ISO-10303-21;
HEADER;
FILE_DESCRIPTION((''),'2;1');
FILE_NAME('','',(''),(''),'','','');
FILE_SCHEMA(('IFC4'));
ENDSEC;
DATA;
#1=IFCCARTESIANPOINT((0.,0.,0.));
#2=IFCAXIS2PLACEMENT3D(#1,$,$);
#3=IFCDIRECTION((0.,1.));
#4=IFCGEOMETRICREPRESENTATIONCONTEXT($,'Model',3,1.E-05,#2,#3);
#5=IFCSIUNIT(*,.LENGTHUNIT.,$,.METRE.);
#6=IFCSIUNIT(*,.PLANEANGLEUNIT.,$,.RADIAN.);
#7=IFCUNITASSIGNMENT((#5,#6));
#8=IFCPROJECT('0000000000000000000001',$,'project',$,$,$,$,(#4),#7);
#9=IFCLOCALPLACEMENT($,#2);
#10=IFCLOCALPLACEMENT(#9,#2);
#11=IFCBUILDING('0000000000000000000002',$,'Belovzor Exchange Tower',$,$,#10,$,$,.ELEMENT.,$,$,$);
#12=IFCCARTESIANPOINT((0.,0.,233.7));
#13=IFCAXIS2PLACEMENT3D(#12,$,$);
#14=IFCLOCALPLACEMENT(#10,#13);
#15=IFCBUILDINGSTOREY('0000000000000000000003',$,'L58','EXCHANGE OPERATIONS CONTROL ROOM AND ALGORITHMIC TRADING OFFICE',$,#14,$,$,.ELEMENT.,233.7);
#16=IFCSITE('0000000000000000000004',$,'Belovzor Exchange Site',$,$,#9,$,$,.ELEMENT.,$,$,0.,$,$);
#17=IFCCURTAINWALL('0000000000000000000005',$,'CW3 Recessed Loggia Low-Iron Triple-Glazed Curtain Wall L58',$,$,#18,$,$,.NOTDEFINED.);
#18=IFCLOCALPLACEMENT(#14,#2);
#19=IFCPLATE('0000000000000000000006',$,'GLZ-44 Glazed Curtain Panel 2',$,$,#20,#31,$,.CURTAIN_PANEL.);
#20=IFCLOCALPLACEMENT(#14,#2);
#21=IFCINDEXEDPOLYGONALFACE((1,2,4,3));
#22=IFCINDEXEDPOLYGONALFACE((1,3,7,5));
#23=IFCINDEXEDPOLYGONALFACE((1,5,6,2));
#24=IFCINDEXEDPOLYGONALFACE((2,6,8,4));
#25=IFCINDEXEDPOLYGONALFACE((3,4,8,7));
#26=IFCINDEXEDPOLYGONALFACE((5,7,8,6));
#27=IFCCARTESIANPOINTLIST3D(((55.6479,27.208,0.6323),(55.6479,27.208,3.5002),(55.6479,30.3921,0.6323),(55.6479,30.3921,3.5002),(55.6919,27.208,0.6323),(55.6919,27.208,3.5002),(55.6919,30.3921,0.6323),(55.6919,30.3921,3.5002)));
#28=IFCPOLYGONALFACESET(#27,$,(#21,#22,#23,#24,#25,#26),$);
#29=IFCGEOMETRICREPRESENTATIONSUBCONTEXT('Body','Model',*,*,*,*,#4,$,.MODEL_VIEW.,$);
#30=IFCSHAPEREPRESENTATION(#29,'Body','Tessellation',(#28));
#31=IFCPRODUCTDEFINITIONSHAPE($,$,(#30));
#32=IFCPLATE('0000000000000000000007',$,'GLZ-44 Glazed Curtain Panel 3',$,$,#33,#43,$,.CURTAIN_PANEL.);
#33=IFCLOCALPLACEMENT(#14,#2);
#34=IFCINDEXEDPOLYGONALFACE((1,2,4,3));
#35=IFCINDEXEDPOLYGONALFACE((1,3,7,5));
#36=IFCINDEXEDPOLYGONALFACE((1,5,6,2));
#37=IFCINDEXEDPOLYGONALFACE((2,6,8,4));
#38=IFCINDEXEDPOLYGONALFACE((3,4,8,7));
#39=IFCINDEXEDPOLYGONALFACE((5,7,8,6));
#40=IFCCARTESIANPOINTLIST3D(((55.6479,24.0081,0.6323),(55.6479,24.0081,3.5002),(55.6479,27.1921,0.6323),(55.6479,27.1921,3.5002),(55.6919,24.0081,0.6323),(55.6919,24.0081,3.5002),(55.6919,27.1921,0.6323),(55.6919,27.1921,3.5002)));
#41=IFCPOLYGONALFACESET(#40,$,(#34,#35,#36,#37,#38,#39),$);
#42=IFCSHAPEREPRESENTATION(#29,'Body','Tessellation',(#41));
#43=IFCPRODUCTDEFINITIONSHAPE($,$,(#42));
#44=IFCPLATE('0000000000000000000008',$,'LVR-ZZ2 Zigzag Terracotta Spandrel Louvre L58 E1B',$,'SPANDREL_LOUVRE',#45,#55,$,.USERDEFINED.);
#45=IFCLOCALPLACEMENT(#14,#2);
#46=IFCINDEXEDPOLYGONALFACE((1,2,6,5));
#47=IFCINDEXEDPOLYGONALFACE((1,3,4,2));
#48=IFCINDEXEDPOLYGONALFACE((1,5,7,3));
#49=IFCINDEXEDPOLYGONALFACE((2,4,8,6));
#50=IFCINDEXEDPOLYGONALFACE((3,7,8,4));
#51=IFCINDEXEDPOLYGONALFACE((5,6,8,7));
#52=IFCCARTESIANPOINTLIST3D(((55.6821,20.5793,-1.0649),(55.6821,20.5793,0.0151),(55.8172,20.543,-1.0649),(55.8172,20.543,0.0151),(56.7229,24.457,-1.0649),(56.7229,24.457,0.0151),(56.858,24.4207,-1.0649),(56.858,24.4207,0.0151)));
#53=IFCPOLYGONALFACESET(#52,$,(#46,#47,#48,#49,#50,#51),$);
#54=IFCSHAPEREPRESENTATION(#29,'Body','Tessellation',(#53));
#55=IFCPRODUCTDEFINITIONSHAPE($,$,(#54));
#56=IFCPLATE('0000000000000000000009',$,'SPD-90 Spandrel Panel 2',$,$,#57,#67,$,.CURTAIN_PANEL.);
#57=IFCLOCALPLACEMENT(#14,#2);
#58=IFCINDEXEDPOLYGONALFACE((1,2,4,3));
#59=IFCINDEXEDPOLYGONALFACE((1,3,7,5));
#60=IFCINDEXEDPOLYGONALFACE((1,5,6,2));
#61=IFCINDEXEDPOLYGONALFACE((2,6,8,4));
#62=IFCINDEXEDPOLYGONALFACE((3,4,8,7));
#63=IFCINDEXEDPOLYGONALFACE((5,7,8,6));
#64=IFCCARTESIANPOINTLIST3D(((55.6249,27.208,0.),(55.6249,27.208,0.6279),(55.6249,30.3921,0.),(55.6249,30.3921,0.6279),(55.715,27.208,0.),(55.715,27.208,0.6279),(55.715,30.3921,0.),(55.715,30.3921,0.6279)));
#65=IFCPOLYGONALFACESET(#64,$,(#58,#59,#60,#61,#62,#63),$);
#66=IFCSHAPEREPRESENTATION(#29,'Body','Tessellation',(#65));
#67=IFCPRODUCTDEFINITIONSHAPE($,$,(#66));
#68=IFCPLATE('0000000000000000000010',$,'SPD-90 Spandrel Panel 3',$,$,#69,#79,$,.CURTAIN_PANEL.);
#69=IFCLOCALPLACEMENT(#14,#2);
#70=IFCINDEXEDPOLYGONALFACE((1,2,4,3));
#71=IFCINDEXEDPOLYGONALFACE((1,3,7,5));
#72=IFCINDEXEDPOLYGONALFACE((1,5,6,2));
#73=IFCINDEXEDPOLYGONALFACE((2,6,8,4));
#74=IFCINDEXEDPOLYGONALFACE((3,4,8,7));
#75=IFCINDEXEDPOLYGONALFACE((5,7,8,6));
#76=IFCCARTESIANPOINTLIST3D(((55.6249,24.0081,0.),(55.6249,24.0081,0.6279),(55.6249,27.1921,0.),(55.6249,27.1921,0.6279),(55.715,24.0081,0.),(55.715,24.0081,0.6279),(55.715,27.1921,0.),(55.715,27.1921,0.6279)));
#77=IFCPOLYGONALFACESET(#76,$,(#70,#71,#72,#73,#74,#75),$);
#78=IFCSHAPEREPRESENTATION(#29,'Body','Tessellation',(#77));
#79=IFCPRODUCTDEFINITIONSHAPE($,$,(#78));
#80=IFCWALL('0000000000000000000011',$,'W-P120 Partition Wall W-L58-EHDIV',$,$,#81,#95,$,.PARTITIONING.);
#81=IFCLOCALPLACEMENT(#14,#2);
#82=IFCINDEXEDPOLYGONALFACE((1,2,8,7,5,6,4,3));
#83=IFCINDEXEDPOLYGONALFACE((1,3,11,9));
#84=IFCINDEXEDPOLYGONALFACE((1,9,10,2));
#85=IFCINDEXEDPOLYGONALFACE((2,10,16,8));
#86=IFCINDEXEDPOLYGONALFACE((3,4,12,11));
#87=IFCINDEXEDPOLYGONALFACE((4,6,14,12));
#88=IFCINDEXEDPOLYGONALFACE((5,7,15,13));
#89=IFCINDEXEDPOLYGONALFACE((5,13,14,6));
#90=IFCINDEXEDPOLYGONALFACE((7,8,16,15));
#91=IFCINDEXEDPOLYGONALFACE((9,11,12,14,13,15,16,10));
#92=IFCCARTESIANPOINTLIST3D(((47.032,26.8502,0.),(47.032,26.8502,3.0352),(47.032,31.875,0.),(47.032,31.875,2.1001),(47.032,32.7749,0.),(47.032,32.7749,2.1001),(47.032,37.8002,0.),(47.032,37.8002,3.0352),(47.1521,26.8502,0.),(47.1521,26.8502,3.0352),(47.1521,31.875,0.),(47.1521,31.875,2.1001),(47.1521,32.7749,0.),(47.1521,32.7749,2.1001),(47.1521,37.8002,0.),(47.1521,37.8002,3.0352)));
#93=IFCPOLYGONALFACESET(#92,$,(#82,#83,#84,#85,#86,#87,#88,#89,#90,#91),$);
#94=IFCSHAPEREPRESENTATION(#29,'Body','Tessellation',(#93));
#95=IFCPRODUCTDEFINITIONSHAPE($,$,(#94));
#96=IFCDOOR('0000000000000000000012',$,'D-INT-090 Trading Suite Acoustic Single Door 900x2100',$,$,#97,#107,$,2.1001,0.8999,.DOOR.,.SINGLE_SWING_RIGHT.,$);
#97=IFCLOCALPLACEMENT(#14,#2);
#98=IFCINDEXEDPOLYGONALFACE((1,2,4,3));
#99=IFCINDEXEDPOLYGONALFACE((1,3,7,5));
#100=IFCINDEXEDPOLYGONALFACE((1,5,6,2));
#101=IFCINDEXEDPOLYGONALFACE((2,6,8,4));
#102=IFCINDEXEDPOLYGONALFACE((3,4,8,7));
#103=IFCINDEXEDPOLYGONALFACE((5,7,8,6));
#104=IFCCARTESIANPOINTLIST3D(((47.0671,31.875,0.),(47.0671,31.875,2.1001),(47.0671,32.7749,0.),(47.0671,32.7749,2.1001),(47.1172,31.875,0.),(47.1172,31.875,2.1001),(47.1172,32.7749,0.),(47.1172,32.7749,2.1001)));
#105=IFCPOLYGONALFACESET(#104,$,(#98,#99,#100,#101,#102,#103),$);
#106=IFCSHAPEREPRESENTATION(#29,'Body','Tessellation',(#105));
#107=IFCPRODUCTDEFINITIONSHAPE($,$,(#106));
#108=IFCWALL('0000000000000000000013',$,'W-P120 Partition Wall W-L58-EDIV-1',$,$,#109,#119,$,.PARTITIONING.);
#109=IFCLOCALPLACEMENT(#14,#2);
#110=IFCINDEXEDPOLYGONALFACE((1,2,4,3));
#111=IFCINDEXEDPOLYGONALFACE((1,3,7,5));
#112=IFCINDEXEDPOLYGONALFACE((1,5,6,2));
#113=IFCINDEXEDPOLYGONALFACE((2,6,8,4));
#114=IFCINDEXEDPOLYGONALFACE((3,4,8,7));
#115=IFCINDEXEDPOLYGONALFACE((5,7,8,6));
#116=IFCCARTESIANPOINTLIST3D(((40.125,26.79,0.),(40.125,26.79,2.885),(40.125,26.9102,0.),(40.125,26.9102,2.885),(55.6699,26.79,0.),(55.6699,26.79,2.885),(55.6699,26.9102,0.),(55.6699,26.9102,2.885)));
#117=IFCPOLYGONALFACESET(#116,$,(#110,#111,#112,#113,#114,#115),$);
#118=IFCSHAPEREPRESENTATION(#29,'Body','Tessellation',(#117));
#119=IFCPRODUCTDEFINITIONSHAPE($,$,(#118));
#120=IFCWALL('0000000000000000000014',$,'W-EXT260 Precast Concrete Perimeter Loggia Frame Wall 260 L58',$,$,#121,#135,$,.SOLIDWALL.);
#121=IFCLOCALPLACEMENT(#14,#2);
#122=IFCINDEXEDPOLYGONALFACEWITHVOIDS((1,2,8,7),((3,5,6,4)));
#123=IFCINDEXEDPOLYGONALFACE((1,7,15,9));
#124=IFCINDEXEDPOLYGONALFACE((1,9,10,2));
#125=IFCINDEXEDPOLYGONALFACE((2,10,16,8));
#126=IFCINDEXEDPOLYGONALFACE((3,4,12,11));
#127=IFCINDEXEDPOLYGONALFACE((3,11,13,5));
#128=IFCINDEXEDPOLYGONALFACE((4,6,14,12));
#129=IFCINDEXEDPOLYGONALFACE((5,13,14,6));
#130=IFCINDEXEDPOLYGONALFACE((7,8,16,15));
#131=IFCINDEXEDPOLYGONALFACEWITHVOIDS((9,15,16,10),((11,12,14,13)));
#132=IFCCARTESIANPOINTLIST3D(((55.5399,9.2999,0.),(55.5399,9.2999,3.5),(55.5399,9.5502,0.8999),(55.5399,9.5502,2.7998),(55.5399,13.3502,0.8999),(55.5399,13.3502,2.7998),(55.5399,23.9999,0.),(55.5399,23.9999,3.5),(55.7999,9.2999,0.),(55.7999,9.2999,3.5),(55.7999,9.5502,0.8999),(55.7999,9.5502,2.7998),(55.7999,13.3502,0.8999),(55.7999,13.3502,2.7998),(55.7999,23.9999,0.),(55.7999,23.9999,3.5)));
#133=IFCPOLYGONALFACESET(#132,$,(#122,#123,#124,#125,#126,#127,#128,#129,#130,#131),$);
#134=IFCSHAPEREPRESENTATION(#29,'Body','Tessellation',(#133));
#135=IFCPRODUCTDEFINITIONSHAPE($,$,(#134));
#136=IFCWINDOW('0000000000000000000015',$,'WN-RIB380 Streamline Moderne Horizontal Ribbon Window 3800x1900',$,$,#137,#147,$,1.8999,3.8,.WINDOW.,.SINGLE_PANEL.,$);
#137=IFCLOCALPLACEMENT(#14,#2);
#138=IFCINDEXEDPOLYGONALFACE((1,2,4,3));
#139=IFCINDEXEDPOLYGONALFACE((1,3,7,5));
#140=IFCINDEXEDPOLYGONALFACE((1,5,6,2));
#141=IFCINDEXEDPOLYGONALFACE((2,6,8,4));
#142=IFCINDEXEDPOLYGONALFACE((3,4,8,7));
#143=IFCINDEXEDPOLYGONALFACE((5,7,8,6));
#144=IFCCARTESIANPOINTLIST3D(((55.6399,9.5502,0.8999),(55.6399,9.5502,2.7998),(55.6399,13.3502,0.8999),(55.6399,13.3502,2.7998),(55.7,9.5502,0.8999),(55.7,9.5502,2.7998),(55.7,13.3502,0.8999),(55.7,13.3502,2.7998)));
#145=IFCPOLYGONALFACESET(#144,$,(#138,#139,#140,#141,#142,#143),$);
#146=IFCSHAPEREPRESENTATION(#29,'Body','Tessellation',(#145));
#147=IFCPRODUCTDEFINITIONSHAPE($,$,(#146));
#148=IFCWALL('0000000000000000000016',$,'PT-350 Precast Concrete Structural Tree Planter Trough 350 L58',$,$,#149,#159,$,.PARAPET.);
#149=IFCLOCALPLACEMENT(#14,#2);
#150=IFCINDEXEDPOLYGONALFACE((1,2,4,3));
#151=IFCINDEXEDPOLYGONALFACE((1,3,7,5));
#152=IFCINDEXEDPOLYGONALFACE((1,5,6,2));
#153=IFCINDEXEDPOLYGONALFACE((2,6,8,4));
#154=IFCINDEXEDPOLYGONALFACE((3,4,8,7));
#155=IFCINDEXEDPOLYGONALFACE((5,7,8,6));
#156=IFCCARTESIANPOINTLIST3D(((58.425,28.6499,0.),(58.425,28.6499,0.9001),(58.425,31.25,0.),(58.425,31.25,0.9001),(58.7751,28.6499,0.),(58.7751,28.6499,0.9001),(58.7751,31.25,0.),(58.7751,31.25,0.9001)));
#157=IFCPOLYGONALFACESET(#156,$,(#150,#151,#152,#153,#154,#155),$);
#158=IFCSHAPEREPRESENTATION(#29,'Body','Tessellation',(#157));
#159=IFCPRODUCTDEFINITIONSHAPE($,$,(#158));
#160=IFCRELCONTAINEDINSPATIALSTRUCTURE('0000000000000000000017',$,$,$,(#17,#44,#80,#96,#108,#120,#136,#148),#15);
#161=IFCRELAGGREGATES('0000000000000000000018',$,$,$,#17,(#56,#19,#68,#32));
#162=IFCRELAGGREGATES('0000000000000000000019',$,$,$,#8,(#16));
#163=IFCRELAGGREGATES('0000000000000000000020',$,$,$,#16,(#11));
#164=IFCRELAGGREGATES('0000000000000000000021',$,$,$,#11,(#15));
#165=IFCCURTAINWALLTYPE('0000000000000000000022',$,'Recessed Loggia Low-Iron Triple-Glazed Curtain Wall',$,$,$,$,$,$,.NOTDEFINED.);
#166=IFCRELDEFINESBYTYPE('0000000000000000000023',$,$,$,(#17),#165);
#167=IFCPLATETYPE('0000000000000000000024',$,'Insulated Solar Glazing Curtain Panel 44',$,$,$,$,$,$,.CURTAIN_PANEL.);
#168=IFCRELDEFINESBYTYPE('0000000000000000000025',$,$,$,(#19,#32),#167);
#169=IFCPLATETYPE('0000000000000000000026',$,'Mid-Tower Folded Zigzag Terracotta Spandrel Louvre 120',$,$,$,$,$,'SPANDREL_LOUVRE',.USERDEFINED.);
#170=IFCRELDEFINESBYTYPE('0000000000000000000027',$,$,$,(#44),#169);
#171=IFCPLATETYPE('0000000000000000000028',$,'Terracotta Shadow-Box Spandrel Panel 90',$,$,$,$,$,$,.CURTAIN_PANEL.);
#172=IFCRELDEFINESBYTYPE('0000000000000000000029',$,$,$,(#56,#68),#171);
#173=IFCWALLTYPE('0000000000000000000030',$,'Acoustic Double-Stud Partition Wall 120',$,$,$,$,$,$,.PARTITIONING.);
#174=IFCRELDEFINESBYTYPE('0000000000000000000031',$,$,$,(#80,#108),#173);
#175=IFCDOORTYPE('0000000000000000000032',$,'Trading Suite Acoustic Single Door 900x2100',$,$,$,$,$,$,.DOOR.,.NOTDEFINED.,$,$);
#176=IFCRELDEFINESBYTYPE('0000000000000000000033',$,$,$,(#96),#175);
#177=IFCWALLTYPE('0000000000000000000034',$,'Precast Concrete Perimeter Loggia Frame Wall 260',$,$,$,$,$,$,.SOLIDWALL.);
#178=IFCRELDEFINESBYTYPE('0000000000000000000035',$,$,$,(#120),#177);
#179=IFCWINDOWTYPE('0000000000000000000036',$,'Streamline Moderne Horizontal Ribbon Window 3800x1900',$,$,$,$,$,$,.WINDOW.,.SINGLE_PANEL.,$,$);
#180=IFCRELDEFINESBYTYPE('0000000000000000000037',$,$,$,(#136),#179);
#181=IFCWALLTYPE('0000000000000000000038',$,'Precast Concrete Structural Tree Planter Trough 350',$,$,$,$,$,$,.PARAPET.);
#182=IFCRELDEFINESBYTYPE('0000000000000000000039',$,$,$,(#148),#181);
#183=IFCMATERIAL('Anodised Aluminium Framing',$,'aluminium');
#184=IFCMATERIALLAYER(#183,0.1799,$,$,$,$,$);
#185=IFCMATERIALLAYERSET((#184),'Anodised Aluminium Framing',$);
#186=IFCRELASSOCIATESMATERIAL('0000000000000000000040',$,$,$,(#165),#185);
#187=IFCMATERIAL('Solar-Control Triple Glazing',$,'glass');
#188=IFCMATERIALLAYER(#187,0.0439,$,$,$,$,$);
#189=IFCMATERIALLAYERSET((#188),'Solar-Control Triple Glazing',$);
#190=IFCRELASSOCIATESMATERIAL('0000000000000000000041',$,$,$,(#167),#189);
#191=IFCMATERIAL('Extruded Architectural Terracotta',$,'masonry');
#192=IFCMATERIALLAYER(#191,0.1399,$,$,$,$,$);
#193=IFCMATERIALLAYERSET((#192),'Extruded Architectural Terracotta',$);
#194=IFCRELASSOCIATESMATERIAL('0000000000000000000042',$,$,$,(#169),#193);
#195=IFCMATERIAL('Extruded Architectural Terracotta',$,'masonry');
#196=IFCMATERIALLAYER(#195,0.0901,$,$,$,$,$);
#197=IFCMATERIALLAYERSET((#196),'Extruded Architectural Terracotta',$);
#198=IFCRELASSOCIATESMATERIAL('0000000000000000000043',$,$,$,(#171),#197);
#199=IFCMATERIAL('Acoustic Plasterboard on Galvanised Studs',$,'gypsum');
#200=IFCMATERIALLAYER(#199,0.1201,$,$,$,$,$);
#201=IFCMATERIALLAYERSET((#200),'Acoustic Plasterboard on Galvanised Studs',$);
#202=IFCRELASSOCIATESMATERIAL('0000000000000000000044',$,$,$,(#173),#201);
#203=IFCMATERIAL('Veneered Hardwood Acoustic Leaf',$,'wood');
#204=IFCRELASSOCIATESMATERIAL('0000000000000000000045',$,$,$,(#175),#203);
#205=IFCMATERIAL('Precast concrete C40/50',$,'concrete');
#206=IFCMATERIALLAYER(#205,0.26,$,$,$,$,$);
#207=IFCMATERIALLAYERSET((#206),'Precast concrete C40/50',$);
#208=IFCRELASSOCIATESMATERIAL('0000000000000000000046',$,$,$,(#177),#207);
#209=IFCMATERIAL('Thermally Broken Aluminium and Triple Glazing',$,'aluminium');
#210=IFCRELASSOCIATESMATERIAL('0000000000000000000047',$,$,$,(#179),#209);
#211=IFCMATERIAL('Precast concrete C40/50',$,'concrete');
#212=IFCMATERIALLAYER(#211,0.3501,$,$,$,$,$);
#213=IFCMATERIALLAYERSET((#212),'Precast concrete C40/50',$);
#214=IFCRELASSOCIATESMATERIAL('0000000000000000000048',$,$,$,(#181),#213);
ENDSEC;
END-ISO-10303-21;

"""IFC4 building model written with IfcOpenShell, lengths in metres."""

from ifc_helpers import new_model, si_unit, direction, frame, frame_2d, origin, origin_2d, place, context, subcontext, project, spatial, rectangle, extrude, material, layer, layer_set, type_object, element, fill, aggregate, save


model = new_model("IFC4")

# Units and contexts
model_context = context("Model", 3, precision=1e-05, world=origin(), true_north=direction((0.0, 1.0)))
body_context = subcontext(model_context, "Body", "Model", "MODEL_VIEW")
ifc_project = project(units=[si_unit("LENGTHUNIT", "METRE"), si_unit("PLANEANGLEUNIT", "RADIAN")], contexts=[model_context])

# Site, building, storey
site_placement = place(None, origin())
site = spatial("IfcSite", under=ifc_project, at=site_placement, Name="Belovzor Exchange Site", CompositionType="ELEMENT", RefElevation=0.0)
building_placement = place(site_placement, origin())
building = spatial("IfcBuilding", under=site, at=building_placement, Name="Belovzor Exchange Tower", CompositionType="ELEMENT")
storey_placement = place(building_placement, frame((0.0, 0.0, 233.7)))
storey = spatial("IfcBuildingStorey", under=building, at=storey_placement, Name="L58", Description="EXCHANGE OPERATIONS CONTROL ROOM AND ALGORITHMIC TRADING OFFICE", CompositionType="ELEMENT", Elevation=233.7)

# Curtain wall, plates
ifc_material_1 = material(Name="Anodised Aluminium Framing", Category="aluminium")
ifc_layer_1 = layer(ifc_material_1, 0.1799)
ifc_layer_set_1 = layer_set([ifc_layer_1], Name="Anodised Aluminium Framing")
curtain_wall_type = type_object("IfcCurtainWallType", Name="Recessed Loggia Low-Iron Triple-Glazed Curtain Wall", PredefinedType="NOTDEFINED", material=ifc_layer_set_1)
curtain_wall_placement = place(storey_placement, origin())
curtain_wall = element("IfcCurtainWall", 1, at=curtain_wall_placement, inside=storey, type_object=curtain_wall_type, Name="CW3 Recessed Loggia Low-Iron Triple-Glazed Curtain Wall L58", PredefinedType="NOTDEFINED")
ifc_material_2 = material(Name="Solar-Control Triple Glazing", Category="glass")
ifc_layer_2 = layer(ifc_material_2, 0.0439)
ifc_layer_set_2 = layer_set([ifc_layer_2], Name="Solar-Control Triple Glazing")
plate_type_1 = type_object("IfcPlateType", Name="Insulated Solar Glazing Curtain Panel 44", PredefinedType="CURTAIN_PANEL", material=ifc_layer_set_2)
plate_1_placement = place(storey_placement, frame((55.6699, 28.8, 0.6323), z_axis=(0.0, 0.0, 1.0), x_axis=(0.0, -1.0, 0.0)))
plate_1 = element("IfcPlate", 2, at=plate_1_placement, type_object=plate_type_1, Name="GLZ-44 Glazed Curtain Panel 2", PredefinedType="CURTAIN_PANEL", context=body_context, shape_type="SweptSolid", body=[
    extrude(rectangle(XDim=3.1841, YDim=0.0439, at=origin_2d()), origin(), (0.0, 0.0, 1.0), 2.8679),
])
plate_2_placement = place(storey_placement, frame((55.6699, 25.6001, 0.6323), z_axis=(0.0, 0.0, 1.0), x_axis=(0.0, -1.0, 0.0)))
plate_2 = element("IfcPlate", 3, at=plate_2_placement, type_object=plate_type_1, Name="GLZ-44 Glazed Curtain Panel 3", PredefinedType="CURTAIN_PANEL", context=body_context, shape_type="SweptSolid", body=[
    extrude(rectangle(XDim=3.1841, YDim=0.0439, at=origin_2d()), origin(), (0.0, 0.0, 1.0), 2.8679),
])

# Plates
ifc_material_3 = material(Name="Extruded Architectural Terracotta", Category="masonry")
ifc_layer_3 = layer(ifc_material_3, 0.1399)
ifc_layer_set_3 = layer_set([ifc_layer_3], Name="Extruded Architectural Terracotta")
plate_type_2 = type_object("IfcPlateType", Name="Mid-Tower Folded Zigzag Terracotta Spandrel Louvre 120", ElementType="SPANDREL_LOUVRE", PredefinedType="USERDEFINED", material=ifc_layer_set_3)
plate_3_placement = place(storey_placement, frame((56.27, 22.5, -1.0649), z_axis=(0.0, 0.0, 1.0), x_axis=(0.25924, 0.965813, 0.0)))
element("IfcPlate", 4, at=plate_3_placement, inside=storey, type_object=plate_type_2, Name="LVR-ZZ2 Zigzag Terracotta Spandrel Louvre L58 E1B", ObjectType="SPANDREL_LOUVRE", PredefinedType="USERDEFINED", context=body_context, shape_type="SweptSolid", body=[
    extrude(rectangle(XDim=4.0149, YDim=0.1399, at=origin_2d()), origin(), (0.0, 0.0, 1.0), 1.0801),
])
ifc_material_4 = material(Name="Extruded Architectural Terracotta", Category="masonry")
ifc_layer_4 = layer(ifc_material_4, 0.0901)
ifc_layer_set_4 = layer_set([ifc_layer_4], Name="Extruded Architectural Terracotta")
plate_type_3 = type_object("IfcPlateType", Name="Terracotta Shadow-Box Spandrel Panel 90", PredefinedType="CURTAIN_PANEL", material=ifc_layer_set_4)
plate_4_placement = place(storey_placement, frame((55.6699, 28.8, 0.0), z_axis=(0.0, 0.0, 1.0), x_axis=(0.0, -1.0, 0.0)))
plate_4 = element("IfcPlate", 5, at=plate_4_placement, type_object=plate_type_3, Name="SPD-90 Spandrel Panel 2", PredefinedType="CURTAIN_PANEL", context=body_context, shape_type="SweptSolid", body=[
    extrude(rectangle(XDim=3.1841, YDim=0.0901, at=origin_2d()), origin(), (0.0, 0.0, 1.0), 0.6279),
])
plate_5_placement = place(storey_placement, frame((55.6699, 25.6001, 0.0), z_axis=(0.0, 0.0, 1.0), x_axis=(0.0, -1.0, 0.0)))
plate_5 = element("IfcPlate", 6, at=plate_5_placement, type_object=plate_type_3, Name="SPD-90 Spandrel Panel 3", PredefinedType="CURTAIN_PANEL", context=body_context, shape_type="SweptSolid", body=[
    extrude(rectangle(XDim=3.1841, YDim=0.0901, at=origin_2d()), origin(), (0.0, 0.0, 1.0), 0.6279),
])
aggregate(curtain_wall, [plate_4, plate_1, plate_5, plate_2])

# Wall, opening, door
ifc_material_5 = material(Name="Acoustic Plasterboard on Galvanised Studs", Category="gypsum")
ifc_layer_5 = layer(ifc_material_5, 0.1201)
ifc_layer_set_5 = layer_set([ifc_layer_5], Name="Acoustic Plasterboard on Galvanised Studs")
wall_type_1 = type_object("IfcWallType", Name="Acoustic Double-Stud Partition Wall 120", PredefinedType="PARTITIONING", material=ifc_layer_set_5)
wall_1_placement = place(storey_placement, frame((47.092, 26.8501, 0.0), z_axis=(0.0, 0.0, 1.0), x_axis=(0.0, 1.0, 0.0)))
wall_1 = element("IfcWall", 7, at=wall_1_placement, inside=storey, type_object=wall_type_1, Name="W-P120 Partition Wall W-L58-EHDIV", PredefinedType="PARTITIONING", context=body_context, shape_type="SweptSolid", body=[
    extrude(rectangle(XDim=10.95, YDim=0.1201, at=frame_2d((5.4751, 0.0))), origin(), (0.0, 0.0, 1.0), 3.0352),
])
opening_1_placement = place(wall_1_placement, frame((5.0249, 0.0, 0.0)))
opening_1 = element("IfcOpeningElement", 8, at=opening_1_placement, cuts=wall_1, PredefinedType="OPENING", context=body_context, shape_type="SweptSolid", body=[
    extrude(rectangle(XDim=0.8999, YDim=2.1001, at=frame_2d((0.45, 1.05))), frame((0.0, 0.0701, 0.0), z_axis=(0.0, -1.0, 0.0), x_axis=(1.0, 0.0, 0.0)), (0.0, 0.0, 1.0), 0.1401),
])
ifc_material_6 = material(Name="Veneered Hardwood Acoustic Leaf", Category="wood")
door_type = type_object("IfcDoorType", Name="Trading Suite Acoustic Single Door 900x2100", OperationType="NOTDEFINED", PredefinedType="DOOR", material=ifc_material_6)
door_placement = place(opening_1_placement, origin())
door = element("IfcDoor", 9, at=door_placement, inside=storey, type_object=door_type, Name="D-INT-090 Trading Suite Acoustic Single Door 900x2100", OperationType="SINGLE_SWING_RIGHT", OverallHeight=2.1001, OverallWidth=0.8999, PredefinedType="DOOR", context=body_context, shape_type="SweptSolid", body=[
    extrude(rectangle(XDim=0.8999, YDim=2.1001, at=frame_2d((0.45, 1.05))), frame((0.0, 0.0249, 0.0), z_axis=(0.0, -1.0, 0.0), x_axis=(1.0, 0.0, 0.0)), (0.0, 0.0, 1.0), 0.05),
])
fill(opening_1, door)

# Wall
wall_2_placement = place(storey_placement, frame((40.125, 26.8501, 0.0), z_axis=(0.0, 0.0, 1.0), x_axis=(1.0, 0.0, 0.0)))
element("IfcWall", 10, at=wall_2_placement, inside=storey, type_object=wall_type_1, Name="W-P120 Partition Wall W-L58-EDIV-1", PredefinedType="PARTITIONING", context=body_context, shape_type="SweptSolid", body=[
    extrude(rectangle(XDim=15.5449, YDim=0.1201, at=frame_2d((7.7725, 0.0))), origin(), (0.0, 0.0, 1.0), 2.885),
])

# Wall, opening, window
ifc_material_7 = material(Name="Precast concrete C40/50", Category="concrete")
ifc_layer_6 = layer(ifc_material_7, 0.26)
ifc_layer_set_6 = layer_set([ifc_layer_6], Name="Precast concrete C40/50")
wall_type_2 = type_object("IfcWallType", Name="Precast Concrete Perimeter Loggia Frame Wall 260", PredefinedType="SOLIDWALL", material=ifc_layer_set_6)
wall_3_placement = place(storey_placement, frame((55.6699, 24.0, 0.0), z_axis=(0.0, 0.0, 1.0), x_axis=(0.0, -1.0, 0.0)))
wall_3 = element("IfcWall", 11, at=wall_3_placement, inside=storey, type_object=wall_type_2, Name="W-EXT260 Precast Concrete Perimeter Loggia Frame Wall 260 L58", PredefinedType="SOLIDWALL", context=body_context, shape_type="SweptSolid", body=[
    extrude(rectangle(XDim=14.7, YDim=0.26, at=frame_2d((7.3501, 0.0))), origin(), (0.0, 0.0, 1.0), 3.5),
])
opening_2_placement = place(wall_3_placement, frame((10.6499, 0.0, 0.8999)))
opening_2 = element("IfcOpeningElement", 12, at=opening_2_placement, cuts=wall_3, PredefinedType="OPENING", context=body_context, shape_type="SweptSolid", body=[
    extrude(rectangle(XDim=3.8, YDim=1.8999, at=frame_2d((1.8999, 0.95))), frame((0.0, 0.1399, 0.0), z_axis=(0.0, -1.0, 0.0), x_axis=(1.0, 0.0, 0.0)), (0.0, 0.0, 1.0), 0.28),
])
ifc_material_8 = material(Name="Thermally Broken Aluminium and Triple Glazing", Category="aluminium")
window_type = type_object("IfcWindowType", Name="Streamline Moderne Horizontal Ribbon Window 3800x1900", PartitioningType="SINGLE_PANEL", PredefinedType="WINDOW", material=ifc_material_8)
window_placement = place(opening_2_placement, origin())
window = element("IfcWindow", 13, at=window_placement, inside=storey, type_object=window_type, Name="WN-RIB380 Streamline Moderne Horizontal Ribbon Window 3800x1900", OverallHeight=1.8999, OverallWidth=3.8, PartitioningType="SINGLE_PANEL", PredefinedType="WINDOW", context=body_context, shape_type="SweptSolid", body=[
    extrude(rectangle(XDim=3.8, YDim=1.8999, at=frame_2d((1.8999, 0.95))), frame((0.0, 0.03, 0.0), z_axis=(0.0, -1.0, 0.0), x_axis=(1.0, 0.0, 0.0)), (0.0, 0.0, 1.0), 0.0601),
])
fill(opening_2, window)

# Wall
ifc_material_9 = material(Name="Precast concrete C40/50", Category="concrete")
ifc_layer_7 = layer(ifc_material_9, 0.3501)
ifc_layer_set_7 = layer_set([ifc_layer_7], Name="Precast concrete C40/50")
wall_type_3 = type_object("IfcWallType", Name="Precast Concrete Structural Tree Planter Trough 350", PredefinedType="PARAPET", material=ifc_layer_set_7)
wall_4_placement = place(storey_placement, frame((58.6001, 28.6499, 0.0), z_axis=(0.0, 0.0, 1.0), x_axis=(0.0, 1.0, 0.0)))
element("IfcWall", 14, at=wall_4_placement, inside=storey, type_object=wall_type_3, Name="PT-350 Precast Concrete Structural Tree Planter Trough 350 L58", PredefinedType="PARAPET", context=body_context, shape_type="SweptSolid", body=[
    extrude(rectangle(XDim=2.6001, YDim=0.3501, at=frame_2d((1.3, 0.0))), origin(), (0.0, 0.0, 1.0), 0.9001),
])

save(model, "model.ifc")
